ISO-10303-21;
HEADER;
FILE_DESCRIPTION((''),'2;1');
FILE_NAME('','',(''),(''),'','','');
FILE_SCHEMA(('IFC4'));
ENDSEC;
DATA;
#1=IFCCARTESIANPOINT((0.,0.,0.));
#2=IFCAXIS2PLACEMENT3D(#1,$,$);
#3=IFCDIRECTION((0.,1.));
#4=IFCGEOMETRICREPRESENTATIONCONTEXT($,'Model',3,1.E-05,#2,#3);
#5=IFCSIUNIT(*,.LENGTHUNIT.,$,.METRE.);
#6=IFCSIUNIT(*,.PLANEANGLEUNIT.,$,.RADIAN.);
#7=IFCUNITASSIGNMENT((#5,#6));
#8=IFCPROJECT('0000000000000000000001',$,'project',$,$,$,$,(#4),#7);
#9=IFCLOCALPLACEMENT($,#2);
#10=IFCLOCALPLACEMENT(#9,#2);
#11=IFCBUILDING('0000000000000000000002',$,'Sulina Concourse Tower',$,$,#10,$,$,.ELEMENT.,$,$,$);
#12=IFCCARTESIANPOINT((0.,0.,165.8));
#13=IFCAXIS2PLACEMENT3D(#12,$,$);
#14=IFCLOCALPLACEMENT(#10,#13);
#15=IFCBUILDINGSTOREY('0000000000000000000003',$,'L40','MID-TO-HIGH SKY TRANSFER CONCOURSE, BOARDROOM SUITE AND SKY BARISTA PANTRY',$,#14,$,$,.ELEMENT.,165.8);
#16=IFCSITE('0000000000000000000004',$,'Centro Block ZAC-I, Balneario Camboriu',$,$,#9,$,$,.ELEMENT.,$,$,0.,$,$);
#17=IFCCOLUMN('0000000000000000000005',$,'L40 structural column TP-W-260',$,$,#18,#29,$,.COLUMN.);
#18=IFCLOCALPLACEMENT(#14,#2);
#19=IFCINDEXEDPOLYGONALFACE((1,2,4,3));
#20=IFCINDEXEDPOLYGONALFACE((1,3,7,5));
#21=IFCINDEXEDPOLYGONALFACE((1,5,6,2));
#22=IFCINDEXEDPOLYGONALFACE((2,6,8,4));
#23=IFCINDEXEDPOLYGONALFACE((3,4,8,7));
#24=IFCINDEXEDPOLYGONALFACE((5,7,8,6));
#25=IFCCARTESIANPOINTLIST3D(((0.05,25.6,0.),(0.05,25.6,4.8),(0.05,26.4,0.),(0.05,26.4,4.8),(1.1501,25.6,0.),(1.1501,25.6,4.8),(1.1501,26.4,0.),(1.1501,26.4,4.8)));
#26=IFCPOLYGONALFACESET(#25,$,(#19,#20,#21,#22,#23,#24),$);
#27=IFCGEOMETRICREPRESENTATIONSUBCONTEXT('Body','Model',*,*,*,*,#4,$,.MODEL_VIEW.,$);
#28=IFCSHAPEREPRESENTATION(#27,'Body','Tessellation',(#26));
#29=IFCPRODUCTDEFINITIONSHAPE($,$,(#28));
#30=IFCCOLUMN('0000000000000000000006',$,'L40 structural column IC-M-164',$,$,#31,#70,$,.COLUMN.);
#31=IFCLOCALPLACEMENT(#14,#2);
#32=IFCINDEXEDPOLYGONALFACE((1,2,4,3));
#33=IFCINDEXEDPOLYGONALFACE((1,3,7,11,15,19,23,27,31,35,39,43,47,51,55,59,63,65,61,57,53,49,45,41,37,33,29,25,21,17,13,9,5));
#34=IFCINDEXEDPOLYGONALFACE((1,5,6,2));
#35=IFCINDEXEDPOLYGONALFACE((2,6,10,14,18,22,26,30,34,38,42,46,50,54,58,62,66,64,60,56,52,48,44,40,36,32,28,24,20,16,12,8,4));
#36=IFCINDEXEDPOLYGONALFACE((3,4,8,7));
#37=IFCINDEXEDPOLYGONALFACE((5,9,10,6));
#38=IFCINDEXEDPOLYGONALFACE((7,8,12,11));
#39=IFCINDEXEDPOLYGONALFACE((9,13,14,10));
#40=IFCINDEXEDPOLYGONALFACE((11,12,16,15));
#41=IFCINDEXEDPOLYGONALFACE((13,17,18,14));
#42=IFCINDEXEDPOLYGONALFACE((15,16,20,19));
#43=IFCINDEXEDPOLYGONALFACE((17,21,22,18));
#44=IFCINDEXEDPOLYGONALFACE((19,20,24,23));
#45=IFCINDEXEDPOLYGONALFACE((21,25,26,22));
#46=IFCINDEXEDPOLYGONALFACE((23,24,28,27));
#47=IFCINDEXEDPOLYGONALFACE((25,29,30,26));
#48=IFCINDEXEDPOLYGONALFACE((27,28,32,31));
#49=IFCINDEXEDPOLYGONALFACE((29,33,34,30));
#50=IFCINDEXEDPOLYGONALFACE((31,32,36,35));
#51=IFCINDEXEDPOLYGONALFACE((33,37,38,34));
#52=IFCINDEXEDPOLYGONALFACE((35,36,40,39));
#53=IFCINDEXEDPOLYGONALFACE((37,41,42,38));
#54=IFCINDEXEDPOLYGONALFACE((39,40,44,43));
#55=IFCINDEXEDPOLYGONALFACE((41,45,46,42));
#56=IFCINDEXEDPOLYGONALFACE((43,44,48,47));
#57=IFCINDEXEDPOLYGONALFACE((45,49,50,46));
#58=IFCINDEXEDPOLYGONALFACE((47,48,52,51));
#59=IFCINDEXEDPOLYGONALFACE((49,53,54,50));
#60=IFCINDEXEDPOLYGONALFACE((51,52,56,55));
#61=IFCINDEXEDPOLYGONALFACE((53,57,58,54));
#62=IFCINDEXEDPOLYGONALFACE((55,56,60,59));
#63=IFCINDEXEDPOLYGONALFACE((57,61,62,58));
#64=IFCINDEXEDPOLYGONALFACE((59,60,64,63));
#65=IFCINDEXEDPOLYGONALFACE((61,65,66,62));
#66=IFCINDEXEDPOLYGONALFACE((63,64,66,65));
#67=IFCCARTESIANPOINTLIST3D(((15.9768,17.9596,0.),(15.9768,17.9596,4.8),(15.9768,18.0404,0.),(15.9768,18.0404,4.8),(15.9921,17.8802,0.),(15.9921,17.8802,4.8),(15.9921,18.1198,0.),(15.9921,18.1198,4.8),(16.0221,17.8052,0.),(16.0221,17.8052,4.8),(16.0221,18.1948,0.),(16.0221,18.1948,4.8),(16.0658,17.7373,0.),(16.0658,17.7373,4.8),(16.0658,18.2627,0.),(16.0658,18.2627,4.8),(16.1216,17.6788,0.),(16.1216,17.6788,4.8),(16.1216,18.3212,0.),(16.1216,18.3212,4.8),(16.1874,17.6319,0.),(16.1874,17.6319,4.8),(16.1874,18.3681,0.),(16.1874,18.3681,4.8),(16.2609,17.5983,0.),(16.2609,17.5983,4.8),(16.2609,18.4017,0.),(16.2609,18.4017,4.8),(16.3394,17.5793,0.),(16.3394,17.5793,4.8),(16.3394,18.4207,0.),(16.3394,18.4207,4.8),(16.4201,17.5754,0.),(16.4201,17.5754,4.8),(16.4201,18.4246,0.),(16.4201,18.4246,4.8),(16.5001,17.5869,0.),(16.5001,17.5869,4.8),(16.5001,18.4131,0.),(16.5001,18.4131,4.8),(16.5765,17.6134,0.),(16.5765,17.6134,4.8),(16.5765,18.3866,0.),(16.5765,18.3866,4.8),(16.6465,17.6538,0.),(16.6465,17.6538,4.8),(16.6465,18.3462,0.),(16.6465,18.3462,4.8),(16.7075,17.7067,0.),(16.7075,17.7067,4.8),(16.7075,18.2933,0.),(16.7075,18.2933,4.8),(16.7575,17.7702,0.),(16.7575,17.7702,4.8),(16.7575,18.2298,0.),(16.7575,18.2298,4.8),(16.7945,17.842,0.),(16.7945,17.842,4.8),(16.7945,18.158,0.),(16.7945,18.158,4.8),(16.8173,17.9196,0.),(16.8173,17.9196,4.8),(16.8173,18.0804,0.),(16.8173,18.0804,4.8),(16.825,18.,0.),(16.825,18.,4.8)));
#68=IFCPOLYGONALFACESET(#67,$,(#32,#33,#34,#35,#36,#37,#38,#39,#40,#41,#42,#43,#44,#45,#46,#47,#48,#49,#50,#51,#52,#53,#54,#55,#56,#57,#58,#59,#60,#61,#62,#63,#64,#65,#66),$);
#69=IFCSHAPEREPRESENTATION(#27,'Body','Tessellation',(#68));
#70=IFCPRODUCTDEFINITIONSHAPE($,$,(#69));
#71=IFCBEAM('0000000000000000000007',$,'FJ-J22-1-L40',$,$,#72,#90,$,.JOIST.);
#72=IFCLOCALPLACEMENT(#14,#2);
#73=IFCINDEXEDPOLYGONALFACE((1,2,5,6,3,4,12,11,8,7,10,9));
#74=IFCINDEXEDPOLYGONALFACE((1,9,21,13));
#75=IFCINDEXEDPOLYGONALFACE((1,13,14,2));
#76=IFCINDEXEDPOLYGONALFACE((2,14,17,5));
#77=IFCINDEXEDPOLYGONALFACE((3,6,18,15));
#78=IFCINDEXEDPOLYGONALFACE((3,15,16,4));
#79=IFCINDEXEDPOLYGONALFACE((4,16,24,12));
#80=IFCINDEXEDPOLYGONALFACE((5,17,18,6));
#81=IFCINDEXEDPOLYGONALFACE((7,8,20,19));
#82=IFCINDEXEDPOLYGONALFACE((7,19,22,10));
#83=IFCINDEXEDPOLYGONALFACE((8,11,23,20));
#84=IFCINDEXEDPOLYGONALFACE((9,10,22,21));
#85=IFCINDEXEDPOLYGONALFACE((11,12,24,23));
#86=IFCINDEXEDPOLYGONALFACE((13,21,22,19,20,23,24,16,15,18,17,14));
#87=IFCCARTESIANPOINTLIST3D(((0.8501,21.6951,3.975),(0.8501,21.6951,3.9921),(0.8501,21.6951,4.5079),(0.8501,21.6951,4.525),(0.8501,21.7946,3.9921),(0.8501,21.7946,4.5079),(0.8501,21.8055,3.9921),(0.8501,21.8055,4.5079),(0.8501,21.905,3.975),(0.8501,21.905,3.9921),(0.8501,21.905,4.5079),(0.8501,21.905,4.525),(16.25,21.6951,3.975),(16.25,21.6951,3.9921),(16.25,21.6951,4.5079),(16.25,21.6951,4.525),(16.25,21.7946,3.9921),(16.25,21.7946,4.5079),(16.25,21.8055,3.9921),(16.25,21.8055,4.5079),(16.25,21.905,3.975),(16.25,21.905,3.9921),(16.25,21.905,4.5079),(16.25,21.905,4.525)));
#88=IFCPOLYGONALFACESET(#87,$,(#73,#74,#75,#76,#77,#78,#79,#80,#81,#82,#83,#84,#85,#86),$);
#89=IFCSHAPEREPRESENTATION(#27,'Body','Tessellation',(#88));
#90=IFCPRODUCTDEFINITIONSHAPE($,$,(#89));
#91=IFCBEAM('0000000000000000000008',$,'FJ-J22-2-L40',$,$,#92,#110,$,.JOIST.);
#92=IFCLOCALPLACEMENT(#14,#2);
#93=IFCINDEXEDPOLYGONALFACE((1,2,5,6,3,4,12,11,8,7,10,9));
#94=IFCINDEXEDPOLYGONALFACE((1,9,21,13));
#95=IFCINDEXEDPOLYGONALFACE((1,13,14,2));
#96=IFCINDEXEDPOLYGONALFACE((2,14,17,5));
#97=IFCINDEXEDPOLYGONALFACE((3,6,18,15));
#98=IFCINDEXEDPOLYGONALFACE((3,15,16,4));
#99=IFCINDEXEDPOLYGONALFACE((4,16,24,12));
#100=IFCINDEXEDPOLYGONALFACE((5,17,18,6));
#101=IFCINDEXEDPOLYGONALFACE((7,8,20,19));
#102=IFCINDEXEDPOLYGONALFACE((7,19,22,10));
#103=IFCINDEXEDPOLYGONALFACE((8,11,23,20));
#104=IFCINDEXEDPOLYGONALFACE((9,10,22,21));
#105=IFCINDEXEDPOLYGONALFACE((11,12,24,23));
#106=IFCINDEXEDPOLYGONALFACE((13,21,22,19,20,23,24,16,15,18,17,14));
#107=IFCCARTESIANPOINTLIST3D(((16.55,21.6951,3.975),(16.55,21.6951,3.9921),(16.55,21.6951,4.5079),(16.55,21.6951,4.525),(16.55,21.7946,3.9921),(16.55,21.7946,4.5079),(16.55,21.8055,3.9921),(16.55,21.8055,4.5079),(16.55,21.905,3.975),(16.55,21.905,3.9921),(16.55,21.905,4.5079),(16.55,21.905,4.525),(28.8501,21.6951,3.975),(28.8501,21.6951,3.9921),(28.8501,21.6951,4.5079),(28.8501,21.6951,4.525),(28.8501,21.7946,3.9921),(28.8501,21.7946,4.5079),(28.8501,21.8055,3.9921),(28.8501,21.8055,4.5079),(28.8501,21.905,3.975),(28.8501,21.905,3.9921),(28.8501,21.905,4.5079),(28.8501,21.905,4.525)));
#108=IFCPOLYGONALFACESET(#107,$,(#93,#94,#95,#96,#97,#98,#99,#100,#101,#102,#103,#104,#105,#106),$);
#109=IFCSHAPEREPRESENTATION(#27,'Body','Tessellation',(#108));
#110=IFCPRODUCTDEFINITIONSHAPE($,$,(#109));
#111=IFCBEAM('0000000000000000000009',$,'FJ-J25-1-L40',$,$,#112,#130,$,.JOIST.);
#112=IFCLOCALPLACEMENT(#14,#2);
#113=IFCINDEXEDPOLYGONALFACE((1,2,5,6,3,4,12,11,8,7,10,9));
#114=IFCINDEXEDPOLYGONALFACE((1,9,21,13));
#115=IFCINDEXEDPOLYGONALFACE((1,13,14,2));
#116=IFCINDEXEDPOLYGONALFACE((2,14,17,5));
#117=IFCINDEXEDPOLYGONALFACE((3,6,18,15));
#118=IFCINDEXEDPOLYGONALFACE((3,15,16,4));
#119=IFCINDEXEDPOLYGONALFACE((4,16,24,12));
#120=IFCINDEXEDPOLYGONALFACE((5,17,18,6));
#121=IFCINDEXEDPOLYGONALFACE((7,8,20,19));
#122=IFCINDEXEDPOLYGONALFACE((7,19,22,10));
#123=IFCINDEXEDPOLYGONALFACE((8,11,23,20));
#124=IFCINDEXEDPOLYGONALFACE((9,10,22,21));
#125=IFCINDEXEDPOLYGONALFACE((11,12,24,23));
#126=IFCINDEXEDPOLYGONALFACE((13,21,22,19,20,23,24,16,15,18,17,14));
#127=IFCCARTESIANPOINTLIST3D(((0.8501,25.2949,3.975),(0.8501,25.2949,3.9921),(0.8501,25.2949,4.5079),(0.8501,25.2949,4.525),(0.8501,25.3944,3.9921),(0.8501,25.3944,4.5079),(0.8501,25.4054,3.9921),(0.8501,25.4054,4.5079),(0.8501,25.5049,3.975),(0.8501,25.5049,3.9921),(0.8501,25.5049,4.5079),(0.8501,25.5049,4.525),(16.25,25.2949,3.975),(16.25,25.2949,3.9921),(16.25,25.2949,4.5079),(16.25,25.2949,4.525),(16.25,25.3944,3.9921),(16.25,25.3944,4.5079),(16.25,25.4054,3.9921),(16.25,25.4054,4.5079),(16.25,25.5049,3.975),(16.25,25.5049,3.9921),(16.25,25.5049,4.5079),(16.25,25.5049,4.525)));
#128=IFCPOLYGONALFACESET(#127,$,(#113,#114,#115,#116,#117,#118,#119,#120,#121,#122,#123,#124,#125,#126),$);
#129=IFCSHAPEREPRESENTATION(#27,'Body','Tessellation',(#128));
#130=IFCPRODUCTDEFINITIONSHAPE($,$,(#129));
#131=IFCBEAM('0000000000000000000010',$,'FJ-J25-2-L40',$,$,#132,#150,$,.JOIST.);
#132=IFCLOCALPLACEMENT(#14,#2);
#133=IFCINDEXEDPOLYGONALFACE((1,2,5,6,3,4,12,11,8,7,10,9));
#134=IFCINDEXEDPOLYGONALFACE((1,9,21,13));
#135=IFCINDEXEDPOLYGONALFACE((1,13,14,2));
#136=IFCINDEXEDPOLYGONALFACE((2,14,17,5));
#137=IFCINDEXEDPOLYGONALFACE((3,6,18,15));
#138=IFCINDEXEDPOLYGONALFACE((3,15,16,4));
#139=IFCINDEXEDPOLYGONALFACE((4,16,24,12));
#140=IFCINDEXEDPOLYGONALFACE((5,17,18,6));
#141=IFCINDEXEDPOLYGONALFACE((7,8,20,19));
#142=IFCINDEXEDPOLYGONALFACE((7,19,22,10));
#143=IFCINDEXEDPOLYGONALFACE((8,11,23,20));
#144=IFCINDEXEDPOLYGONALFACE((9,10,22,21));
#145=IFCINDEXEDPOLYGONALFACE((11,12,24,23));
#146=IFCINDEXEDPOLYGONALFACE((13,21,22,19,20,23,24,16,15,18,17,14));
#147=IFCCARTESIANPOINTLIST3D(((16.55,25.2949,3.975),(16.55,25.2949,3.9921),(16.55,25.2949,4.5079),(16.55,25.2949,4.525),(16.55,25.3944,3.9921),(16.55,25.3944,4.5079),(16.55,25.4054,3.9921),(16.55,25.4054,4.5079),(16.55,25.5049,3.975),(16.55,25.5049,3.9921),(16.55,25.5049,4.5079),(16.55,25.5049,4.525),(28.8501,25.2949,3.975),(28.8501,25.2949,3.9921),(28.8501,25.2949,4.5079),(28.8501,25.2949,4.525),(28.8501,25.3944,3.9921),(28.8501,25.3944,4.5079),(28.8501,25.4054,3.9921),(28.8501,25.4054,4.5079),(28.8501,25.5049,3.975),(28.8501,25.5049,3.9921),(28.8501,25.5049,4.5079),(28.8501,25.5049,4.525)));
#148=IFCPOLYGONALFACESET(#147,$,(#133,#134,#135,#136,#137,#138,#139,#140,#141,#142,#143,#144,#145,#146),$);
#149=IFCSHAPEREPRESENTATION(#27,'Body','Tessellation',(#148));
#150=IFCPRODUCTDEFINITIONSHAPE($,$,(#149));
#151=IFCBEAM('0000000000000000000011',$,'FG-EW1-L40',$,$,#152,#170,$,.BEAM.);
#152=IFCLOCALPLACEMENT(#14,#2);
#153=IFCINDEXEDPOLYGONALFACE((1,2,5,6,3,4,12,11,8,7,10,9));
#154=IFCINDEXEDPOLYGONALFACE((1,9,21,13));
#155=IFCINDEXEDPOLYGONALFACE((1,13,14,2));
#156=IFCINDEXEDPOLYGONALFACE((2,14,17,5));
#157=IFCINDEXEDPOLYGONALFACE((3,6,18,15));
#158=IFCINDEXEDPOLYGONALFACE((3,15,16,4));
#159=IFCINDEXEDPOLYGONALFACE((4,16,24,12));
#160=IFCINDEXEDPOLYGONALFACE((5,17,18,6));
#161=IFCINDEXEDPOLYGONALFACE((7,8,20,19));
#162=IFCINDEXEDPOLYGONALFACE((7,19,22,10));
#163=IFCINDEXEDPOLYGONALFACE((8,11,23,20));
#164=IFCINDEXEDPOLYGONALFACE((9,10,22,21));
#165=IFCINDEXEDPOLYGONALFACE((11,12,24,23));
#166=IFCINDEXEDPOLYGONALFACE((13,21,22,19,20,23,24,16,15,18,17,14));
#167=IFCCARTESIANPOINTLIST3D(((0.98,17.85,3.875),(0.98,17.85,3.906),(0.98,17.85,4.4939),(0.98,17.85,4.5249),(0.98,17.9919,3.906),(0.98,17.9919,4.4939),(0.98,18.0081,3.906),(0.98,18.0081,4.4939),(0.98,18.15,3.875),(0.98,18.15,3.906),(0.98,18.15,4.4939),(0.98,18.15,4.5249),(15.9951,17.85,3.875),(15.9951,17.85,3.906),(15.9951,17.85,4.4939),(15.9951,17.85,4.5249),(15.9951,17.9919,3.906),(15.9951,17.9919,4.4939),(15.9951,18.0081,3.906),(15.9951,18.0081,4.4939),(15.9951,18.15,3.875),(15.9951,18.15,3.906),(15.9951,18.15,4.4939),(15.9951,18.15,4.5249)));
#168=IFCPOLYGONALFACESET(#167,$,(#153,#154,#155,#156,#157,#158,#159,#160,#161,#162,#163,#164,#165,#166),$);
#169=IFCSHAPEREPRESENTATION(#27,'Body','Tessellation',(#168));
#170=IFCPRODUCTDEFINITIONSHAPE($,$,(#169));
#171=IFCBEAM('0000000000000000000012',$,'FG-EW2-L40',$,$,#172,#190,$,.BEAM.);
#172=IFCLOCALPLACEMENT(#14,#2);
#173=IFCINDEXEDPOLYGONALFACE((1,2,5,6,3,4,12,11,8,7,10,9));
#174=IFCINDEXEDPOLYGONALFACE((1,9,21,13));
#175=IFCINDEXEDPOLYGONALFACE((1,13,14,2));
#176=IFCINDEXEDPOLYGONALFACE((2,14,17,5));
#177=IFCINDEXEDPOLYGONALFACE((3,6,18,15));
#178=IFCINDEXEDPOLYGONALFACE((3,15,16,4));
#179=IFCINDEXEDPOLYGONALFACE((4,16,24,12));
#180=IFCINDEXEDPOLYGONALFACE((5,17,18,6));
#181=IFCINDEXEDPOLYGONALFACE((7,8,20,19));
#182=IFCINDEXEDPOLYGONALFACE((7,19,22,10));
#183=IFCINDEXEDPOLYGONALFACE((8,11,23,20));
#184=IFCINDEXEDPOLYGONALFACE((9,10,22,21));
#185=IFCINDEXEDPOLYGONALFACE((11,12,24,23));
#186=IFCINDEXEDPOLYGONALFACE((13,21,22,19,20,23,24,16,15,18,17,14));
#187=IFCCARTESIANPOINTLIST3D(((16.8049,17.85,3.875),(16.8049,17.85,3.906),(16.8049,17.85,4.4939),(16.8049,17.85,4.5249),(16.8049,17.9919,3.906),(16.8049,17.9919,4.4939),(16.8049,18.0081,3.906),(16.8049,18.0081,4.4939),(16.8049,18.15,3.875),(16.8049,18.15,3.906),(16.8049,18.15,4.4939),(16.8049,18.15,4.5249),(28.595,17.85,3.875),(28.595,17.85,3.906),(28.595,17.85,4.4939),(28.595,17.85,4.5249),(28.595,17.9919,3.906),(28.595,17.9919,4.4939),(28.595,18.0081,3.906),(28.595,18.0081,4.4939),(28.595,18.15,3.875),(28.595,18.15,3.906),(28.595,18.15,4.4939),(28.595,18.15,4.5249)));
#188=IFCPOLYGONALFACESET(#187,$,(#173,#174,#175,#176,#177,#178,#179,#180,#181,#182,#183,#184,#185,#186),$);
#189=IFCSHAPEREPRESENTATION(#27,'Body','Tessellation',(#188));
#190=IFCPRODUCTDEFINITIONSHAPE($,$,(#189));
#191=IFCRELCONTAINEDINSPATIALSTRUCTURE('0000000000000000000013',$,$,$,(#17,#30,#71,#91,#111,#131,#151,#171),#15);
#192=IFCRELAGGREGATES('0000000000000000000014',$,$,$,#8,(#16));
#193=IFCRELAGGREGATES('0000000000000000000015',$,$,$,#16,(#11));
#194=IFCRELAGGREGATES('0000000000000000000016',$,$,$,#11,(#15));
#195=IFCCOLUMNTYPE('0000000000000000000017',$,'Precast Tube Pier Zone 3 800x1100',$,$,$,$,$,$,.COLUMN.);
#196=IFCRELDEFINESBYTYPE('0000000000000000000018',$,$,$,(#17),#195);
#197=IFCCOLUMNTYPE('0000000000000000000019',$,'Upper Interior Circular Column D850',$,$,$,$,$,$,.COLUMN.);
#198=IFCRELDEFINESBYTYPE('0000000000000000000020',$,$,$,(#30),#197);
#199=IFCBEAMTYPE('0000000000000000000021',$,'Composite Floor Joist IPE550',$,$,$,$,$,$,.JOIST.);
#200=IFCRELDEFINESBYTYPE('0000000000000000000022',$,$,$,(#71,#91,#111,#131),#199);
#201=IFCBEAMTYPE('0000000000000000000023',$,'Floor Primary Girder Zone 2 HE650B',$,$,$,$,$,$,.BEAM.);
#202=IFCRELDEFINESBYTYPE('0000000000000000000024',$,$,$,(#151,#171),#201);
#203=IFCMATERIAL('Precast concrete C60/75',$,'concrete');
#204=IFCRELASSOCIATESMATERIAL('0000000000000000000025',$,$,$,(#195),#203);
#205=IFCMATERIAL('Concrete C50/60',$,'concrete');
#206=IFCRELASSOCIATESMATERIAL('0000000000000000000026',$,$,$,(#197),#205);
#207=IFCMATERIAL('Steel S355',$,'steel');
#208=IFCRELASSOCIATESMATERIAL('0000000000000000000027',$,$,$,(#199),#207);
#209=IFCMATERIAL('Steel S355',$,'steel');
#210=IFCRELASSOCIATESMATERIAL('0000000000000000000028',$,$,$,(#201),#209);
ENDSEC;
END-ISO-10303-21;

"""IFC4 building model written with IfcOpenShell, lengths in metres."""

from ifc_helpers import new_model, si_unit, direction, frame, origin, origin_2d, place, context, subcontext, project, spatial, rectangle, circle, i_section, extrude, material, material_profile, profile_set, type_object, element, save


model = new_model("IFC4")

# Units and contexts
model_context = context("Model", 3, precision=1e-05, world=origin(), true_north=direction((0.0, 1.0)))
body_context = subcontext(model_context, "Body", "Model", "MODEL_VIEW")
ifc_project = project(units=[si_unit("LENGTHUNIT", "METRE"), si_unit("PLANEANGLEUNIT", "RADIAN")], contexts=[model_context])

# Site, building, storey
site_placement = place(None, origin())
site = spatial("IfcSite", under=ifc_project, at=site_placement, Name="Centro Block ZAC-I, Balneario Camboriu", CompositionType="ELEMENT", RefElevation=0.0)
building_placement = place(site_placement, origin())
building = spatial("IfcBuilding", under=site, at=building_placement, Name="Sulina Concourse Tower", CompositionType="ELEMENT")
storey_placement = place(building_placement, frame((0.0, 0.0, 165.8)))
storey = spatial("IfcBuildingStorey", under=building, at=storey_placement, Name="L40", Description="MID-TO-HIGH SKY TRANSFER CONCOURSE, BOARDROOM SUITE AND SKY BARISTA PANTRY", CompositionType="ELEMENT", Elevation=165.8)

# Columns
ifc_material_1 = material(Name="Precast concrete C60/75", Category="concrete")
ifc_material_profile_1 = material_profile(ifc_material_1, rectangle(XDim=0.8, YDim=1.1001, at=origin_2d()), Name="PC 800x1100")
ifc_profile_set_1 = profile_set([ifc_material_profile_1], Name="Precast concrete C60/75")
column_type_1 = type_object("IfcColumnType", Name="Precast Tube Pier Zone 3 800x1100", PredefinedType="COLUMN", material=ifc_profile_set_1)
column_1_placement = place(storey_placement, frame((0.6001, 26.0, 0.0), z_axis=(0.0, 0.0, 1.0), x_axis=(0.0, 1.0, 0.0)))
element("IfcColumn", 1, at=column_1_placement, inside=storey, type_object=column_type_1, Name="L40 structural column TP-W-260", PredefinedType="COLUMN", context=body_context, shape_type="SweptSolid", body=[
    extrude(rectangle(XDim=0.8, YDim=1.1001, at=origin_2d()), origin(), (0.0, 0.0, 1.0), 4.8),
])
ifc_material_2 = material(Name="Concrete C50/60", Category="concrete")
ifc_material_profile_2 = material_profile(ifc_material_2, circle(Radius=0.425, at=origin_2d()), Name="RC D850")
ifc_profile_set_2 = profile_set([ifc_material_profile_2], Name="Concrete C50/60")
column_type_2 = type_object("IfcColumnType", Name="Upper Interior Circular Column D850", PredefinedType="COLUMN", material=ifc_profile_set_2)
column_2_placement = place(storey_placement, frame((16.3999, 18.0, 0.0), z_axis=(0.0, 0.0, 1.0), x_axis=(1.0, 0.0, 0.0)))
element("IfcColumn", 2, at=column_2_placement, inside=storey, type_object=column_type_2, Name="L40 structural column IC-M-164", PredefinedType="COLUMN", context=body_context, shape_type="SweptSolid", body=[
    extrude(circle(Radius=0.425, at=origin_2d()), origin(), (0.0, 0.0, 1.0), 4.8),
])

# Beams
ifc_material_3 = material(Name="Steel S355", Category="steel")
ifc_material_profile_3 = material_profile(ifc_material_3, i_section(OverallWidth=0.21, OverallDepth=0.55, WebThickness=0.011, FlangeThickness=0.0171, at=origin_2d()), Name="IPE 550")
ifc_profile_set_3 = profile_set([ifc_material_profile_3], Name="Steel S355")
beam_type_1 = type_object("IfcBeamType", Name="Composite Floor Joist IPE550", PredefinedType="JOIST", material=ifc_profile_set_3)
beam_1_placement = place(storey_placement, frame((0.8501, 21.8, 4.25), z_axis=(1.0, 0.0, 0.0), x_axis=(0.0, 1.0, 0.0)))
element("IfcBeam", 3, at=beam_1_placement, inside=storey, type_object=beam_type_1, Name="FJ-J22-1-L40", PredefinedType="JOIST", context=body_context, shape_type="SweptSolid", body=[
    extrude(i_section(OverallWidth=0.21, OverallDepth=0.55, WebThickness=0.011, FlangeThickness=0.0171, at=origin_2d()), origin(), (0.0, 0.0, 1.0), 15.3999),
])
beam_2_placement = place(storey_placement, frame((16.55, 21.8, 4.25), z_axis=(1.0, 0.0, 0.0), x_axis=(0.0, 1.0, 0.0)))
element("IfcBeam", 4, at=beam_2_placement, inside=storey, type_object=beam_type_1, Name="FJ-J22-2-L40", PredefinedType="JOIST", context=body_context, shape_type="SweptSolid", body=[
    extrude(i_section(OverallWidth=0.21, OverallDepth=0.55, WebThickness=0.011, FlangeThickness=0.0171, at=origin_2d()), origin(), (0.0, 0.0, 1.0), 12.3),
])
beam_3_placement = place(storey_placement, frame((0.8501, 25.3999, 4.25), z_axis=(1.0, 0.0, 0.0), x_axis=(0.0, 1.0, 0.0)))
element("IfcBeam", 5, at=beam_3_placement, inside=storey, type_object=beam_type_1, Name="FJ-J25-1-L40", PredefinedType="JOIST", context=body_context, shape_type="SweptSolid", body=[
    extrude(i_section(OverallWidth=0.21, OverallDepth=0.55, WebThickness=0.011, FlangeThickness=0.0171, at=origin_2d()), origin(), (0.0, 0.0, 1.0), 15.3999),
])
beam_4_placement = place(storey_placement, frame((16.55, 25.3999, 4.25), z_axis=(1.0, 0.0, 0.0), x_axis=(0.0, 1.0, 0.0)))
element("IfcBeam", 6, at=beam_4_placement, inside=storey, type_object=beam_type_1, Name="FJ-J25-2-L40", PredefinedType="JOIST", context=body_context, shape_type="SweptSolid", body=[
    extrude(i_section(OverallWidth=0.21, OverallDepth=0.55, WebThickness=0.011, FlangeThickness=0.0171, at=origin_2d()), origin(), (0.0, 0.0, 1.0), 12.3),
])
ifc_material_4 = material(Name="Steel S355", Category="steel")
ifc_material_profile_4 = material_profile(ifc_material_4, i_section(OverallWidth=0.3, OverallDepth=0.6499, WebThickness=0.0161, FlangeThickness=0.031, at=origin_2d()), Name="HE 650 B")
ifc_profile_set_4 = profile_set([ifc_material_profile_4], Name="Steel S355")
beam_type_2 = type_object("IfcBeamType", Name="Floor Primary Girder Zone 2 HE650B", PredefinedType="BEAM", material=ifc_profile_set_4)
beam_5_placement = place(storey_placement, frame((0.98, 18.0, 4.2), z_axis=(1.0, 0.0, 0.0), x_axis=(0.0, 1.0, 0.0)))
element("IfcBeam", 7, at=beam_5_placement, inside=storey, type_object=beam_type_2, Name="FG-EW1-L40", PredefinedType="BEAM", context=body_context, shape_type="SweptSolid", body=[
    extrude(i_section(OverallWidth=0.3, OverallDepth=0.6499, WebThickness=0.0161, FlangeThickness=0.031, at=origin_2d()), origin(), (0.0, 0.0, 1.0), 15.0151),
])
beam_6_placement = place(storey_placement, frame((16.8049, 18.0, 4.2), z_axis=(1.0, 0.0, 0.0), x_axis=(0.0, 1.0, 0.0)))
element("IfcBeam", 8, at=beam_6_placement, inside=storey, type_object=beam_type_2, Name="FG-EW2-L40", PredefinedType="BEAM", context=body_context, shape_type="SweptSolid", body=[
    extrude(i_section(OverallWidth=0.3, OverallDepth=0.6499, WebThickness=0.0161, FlangeThickness=0.031, at=origin_2d()), origin(), (0.0, 0.0, 1.0), 11.79),
])

save(model, "model.ifc")
